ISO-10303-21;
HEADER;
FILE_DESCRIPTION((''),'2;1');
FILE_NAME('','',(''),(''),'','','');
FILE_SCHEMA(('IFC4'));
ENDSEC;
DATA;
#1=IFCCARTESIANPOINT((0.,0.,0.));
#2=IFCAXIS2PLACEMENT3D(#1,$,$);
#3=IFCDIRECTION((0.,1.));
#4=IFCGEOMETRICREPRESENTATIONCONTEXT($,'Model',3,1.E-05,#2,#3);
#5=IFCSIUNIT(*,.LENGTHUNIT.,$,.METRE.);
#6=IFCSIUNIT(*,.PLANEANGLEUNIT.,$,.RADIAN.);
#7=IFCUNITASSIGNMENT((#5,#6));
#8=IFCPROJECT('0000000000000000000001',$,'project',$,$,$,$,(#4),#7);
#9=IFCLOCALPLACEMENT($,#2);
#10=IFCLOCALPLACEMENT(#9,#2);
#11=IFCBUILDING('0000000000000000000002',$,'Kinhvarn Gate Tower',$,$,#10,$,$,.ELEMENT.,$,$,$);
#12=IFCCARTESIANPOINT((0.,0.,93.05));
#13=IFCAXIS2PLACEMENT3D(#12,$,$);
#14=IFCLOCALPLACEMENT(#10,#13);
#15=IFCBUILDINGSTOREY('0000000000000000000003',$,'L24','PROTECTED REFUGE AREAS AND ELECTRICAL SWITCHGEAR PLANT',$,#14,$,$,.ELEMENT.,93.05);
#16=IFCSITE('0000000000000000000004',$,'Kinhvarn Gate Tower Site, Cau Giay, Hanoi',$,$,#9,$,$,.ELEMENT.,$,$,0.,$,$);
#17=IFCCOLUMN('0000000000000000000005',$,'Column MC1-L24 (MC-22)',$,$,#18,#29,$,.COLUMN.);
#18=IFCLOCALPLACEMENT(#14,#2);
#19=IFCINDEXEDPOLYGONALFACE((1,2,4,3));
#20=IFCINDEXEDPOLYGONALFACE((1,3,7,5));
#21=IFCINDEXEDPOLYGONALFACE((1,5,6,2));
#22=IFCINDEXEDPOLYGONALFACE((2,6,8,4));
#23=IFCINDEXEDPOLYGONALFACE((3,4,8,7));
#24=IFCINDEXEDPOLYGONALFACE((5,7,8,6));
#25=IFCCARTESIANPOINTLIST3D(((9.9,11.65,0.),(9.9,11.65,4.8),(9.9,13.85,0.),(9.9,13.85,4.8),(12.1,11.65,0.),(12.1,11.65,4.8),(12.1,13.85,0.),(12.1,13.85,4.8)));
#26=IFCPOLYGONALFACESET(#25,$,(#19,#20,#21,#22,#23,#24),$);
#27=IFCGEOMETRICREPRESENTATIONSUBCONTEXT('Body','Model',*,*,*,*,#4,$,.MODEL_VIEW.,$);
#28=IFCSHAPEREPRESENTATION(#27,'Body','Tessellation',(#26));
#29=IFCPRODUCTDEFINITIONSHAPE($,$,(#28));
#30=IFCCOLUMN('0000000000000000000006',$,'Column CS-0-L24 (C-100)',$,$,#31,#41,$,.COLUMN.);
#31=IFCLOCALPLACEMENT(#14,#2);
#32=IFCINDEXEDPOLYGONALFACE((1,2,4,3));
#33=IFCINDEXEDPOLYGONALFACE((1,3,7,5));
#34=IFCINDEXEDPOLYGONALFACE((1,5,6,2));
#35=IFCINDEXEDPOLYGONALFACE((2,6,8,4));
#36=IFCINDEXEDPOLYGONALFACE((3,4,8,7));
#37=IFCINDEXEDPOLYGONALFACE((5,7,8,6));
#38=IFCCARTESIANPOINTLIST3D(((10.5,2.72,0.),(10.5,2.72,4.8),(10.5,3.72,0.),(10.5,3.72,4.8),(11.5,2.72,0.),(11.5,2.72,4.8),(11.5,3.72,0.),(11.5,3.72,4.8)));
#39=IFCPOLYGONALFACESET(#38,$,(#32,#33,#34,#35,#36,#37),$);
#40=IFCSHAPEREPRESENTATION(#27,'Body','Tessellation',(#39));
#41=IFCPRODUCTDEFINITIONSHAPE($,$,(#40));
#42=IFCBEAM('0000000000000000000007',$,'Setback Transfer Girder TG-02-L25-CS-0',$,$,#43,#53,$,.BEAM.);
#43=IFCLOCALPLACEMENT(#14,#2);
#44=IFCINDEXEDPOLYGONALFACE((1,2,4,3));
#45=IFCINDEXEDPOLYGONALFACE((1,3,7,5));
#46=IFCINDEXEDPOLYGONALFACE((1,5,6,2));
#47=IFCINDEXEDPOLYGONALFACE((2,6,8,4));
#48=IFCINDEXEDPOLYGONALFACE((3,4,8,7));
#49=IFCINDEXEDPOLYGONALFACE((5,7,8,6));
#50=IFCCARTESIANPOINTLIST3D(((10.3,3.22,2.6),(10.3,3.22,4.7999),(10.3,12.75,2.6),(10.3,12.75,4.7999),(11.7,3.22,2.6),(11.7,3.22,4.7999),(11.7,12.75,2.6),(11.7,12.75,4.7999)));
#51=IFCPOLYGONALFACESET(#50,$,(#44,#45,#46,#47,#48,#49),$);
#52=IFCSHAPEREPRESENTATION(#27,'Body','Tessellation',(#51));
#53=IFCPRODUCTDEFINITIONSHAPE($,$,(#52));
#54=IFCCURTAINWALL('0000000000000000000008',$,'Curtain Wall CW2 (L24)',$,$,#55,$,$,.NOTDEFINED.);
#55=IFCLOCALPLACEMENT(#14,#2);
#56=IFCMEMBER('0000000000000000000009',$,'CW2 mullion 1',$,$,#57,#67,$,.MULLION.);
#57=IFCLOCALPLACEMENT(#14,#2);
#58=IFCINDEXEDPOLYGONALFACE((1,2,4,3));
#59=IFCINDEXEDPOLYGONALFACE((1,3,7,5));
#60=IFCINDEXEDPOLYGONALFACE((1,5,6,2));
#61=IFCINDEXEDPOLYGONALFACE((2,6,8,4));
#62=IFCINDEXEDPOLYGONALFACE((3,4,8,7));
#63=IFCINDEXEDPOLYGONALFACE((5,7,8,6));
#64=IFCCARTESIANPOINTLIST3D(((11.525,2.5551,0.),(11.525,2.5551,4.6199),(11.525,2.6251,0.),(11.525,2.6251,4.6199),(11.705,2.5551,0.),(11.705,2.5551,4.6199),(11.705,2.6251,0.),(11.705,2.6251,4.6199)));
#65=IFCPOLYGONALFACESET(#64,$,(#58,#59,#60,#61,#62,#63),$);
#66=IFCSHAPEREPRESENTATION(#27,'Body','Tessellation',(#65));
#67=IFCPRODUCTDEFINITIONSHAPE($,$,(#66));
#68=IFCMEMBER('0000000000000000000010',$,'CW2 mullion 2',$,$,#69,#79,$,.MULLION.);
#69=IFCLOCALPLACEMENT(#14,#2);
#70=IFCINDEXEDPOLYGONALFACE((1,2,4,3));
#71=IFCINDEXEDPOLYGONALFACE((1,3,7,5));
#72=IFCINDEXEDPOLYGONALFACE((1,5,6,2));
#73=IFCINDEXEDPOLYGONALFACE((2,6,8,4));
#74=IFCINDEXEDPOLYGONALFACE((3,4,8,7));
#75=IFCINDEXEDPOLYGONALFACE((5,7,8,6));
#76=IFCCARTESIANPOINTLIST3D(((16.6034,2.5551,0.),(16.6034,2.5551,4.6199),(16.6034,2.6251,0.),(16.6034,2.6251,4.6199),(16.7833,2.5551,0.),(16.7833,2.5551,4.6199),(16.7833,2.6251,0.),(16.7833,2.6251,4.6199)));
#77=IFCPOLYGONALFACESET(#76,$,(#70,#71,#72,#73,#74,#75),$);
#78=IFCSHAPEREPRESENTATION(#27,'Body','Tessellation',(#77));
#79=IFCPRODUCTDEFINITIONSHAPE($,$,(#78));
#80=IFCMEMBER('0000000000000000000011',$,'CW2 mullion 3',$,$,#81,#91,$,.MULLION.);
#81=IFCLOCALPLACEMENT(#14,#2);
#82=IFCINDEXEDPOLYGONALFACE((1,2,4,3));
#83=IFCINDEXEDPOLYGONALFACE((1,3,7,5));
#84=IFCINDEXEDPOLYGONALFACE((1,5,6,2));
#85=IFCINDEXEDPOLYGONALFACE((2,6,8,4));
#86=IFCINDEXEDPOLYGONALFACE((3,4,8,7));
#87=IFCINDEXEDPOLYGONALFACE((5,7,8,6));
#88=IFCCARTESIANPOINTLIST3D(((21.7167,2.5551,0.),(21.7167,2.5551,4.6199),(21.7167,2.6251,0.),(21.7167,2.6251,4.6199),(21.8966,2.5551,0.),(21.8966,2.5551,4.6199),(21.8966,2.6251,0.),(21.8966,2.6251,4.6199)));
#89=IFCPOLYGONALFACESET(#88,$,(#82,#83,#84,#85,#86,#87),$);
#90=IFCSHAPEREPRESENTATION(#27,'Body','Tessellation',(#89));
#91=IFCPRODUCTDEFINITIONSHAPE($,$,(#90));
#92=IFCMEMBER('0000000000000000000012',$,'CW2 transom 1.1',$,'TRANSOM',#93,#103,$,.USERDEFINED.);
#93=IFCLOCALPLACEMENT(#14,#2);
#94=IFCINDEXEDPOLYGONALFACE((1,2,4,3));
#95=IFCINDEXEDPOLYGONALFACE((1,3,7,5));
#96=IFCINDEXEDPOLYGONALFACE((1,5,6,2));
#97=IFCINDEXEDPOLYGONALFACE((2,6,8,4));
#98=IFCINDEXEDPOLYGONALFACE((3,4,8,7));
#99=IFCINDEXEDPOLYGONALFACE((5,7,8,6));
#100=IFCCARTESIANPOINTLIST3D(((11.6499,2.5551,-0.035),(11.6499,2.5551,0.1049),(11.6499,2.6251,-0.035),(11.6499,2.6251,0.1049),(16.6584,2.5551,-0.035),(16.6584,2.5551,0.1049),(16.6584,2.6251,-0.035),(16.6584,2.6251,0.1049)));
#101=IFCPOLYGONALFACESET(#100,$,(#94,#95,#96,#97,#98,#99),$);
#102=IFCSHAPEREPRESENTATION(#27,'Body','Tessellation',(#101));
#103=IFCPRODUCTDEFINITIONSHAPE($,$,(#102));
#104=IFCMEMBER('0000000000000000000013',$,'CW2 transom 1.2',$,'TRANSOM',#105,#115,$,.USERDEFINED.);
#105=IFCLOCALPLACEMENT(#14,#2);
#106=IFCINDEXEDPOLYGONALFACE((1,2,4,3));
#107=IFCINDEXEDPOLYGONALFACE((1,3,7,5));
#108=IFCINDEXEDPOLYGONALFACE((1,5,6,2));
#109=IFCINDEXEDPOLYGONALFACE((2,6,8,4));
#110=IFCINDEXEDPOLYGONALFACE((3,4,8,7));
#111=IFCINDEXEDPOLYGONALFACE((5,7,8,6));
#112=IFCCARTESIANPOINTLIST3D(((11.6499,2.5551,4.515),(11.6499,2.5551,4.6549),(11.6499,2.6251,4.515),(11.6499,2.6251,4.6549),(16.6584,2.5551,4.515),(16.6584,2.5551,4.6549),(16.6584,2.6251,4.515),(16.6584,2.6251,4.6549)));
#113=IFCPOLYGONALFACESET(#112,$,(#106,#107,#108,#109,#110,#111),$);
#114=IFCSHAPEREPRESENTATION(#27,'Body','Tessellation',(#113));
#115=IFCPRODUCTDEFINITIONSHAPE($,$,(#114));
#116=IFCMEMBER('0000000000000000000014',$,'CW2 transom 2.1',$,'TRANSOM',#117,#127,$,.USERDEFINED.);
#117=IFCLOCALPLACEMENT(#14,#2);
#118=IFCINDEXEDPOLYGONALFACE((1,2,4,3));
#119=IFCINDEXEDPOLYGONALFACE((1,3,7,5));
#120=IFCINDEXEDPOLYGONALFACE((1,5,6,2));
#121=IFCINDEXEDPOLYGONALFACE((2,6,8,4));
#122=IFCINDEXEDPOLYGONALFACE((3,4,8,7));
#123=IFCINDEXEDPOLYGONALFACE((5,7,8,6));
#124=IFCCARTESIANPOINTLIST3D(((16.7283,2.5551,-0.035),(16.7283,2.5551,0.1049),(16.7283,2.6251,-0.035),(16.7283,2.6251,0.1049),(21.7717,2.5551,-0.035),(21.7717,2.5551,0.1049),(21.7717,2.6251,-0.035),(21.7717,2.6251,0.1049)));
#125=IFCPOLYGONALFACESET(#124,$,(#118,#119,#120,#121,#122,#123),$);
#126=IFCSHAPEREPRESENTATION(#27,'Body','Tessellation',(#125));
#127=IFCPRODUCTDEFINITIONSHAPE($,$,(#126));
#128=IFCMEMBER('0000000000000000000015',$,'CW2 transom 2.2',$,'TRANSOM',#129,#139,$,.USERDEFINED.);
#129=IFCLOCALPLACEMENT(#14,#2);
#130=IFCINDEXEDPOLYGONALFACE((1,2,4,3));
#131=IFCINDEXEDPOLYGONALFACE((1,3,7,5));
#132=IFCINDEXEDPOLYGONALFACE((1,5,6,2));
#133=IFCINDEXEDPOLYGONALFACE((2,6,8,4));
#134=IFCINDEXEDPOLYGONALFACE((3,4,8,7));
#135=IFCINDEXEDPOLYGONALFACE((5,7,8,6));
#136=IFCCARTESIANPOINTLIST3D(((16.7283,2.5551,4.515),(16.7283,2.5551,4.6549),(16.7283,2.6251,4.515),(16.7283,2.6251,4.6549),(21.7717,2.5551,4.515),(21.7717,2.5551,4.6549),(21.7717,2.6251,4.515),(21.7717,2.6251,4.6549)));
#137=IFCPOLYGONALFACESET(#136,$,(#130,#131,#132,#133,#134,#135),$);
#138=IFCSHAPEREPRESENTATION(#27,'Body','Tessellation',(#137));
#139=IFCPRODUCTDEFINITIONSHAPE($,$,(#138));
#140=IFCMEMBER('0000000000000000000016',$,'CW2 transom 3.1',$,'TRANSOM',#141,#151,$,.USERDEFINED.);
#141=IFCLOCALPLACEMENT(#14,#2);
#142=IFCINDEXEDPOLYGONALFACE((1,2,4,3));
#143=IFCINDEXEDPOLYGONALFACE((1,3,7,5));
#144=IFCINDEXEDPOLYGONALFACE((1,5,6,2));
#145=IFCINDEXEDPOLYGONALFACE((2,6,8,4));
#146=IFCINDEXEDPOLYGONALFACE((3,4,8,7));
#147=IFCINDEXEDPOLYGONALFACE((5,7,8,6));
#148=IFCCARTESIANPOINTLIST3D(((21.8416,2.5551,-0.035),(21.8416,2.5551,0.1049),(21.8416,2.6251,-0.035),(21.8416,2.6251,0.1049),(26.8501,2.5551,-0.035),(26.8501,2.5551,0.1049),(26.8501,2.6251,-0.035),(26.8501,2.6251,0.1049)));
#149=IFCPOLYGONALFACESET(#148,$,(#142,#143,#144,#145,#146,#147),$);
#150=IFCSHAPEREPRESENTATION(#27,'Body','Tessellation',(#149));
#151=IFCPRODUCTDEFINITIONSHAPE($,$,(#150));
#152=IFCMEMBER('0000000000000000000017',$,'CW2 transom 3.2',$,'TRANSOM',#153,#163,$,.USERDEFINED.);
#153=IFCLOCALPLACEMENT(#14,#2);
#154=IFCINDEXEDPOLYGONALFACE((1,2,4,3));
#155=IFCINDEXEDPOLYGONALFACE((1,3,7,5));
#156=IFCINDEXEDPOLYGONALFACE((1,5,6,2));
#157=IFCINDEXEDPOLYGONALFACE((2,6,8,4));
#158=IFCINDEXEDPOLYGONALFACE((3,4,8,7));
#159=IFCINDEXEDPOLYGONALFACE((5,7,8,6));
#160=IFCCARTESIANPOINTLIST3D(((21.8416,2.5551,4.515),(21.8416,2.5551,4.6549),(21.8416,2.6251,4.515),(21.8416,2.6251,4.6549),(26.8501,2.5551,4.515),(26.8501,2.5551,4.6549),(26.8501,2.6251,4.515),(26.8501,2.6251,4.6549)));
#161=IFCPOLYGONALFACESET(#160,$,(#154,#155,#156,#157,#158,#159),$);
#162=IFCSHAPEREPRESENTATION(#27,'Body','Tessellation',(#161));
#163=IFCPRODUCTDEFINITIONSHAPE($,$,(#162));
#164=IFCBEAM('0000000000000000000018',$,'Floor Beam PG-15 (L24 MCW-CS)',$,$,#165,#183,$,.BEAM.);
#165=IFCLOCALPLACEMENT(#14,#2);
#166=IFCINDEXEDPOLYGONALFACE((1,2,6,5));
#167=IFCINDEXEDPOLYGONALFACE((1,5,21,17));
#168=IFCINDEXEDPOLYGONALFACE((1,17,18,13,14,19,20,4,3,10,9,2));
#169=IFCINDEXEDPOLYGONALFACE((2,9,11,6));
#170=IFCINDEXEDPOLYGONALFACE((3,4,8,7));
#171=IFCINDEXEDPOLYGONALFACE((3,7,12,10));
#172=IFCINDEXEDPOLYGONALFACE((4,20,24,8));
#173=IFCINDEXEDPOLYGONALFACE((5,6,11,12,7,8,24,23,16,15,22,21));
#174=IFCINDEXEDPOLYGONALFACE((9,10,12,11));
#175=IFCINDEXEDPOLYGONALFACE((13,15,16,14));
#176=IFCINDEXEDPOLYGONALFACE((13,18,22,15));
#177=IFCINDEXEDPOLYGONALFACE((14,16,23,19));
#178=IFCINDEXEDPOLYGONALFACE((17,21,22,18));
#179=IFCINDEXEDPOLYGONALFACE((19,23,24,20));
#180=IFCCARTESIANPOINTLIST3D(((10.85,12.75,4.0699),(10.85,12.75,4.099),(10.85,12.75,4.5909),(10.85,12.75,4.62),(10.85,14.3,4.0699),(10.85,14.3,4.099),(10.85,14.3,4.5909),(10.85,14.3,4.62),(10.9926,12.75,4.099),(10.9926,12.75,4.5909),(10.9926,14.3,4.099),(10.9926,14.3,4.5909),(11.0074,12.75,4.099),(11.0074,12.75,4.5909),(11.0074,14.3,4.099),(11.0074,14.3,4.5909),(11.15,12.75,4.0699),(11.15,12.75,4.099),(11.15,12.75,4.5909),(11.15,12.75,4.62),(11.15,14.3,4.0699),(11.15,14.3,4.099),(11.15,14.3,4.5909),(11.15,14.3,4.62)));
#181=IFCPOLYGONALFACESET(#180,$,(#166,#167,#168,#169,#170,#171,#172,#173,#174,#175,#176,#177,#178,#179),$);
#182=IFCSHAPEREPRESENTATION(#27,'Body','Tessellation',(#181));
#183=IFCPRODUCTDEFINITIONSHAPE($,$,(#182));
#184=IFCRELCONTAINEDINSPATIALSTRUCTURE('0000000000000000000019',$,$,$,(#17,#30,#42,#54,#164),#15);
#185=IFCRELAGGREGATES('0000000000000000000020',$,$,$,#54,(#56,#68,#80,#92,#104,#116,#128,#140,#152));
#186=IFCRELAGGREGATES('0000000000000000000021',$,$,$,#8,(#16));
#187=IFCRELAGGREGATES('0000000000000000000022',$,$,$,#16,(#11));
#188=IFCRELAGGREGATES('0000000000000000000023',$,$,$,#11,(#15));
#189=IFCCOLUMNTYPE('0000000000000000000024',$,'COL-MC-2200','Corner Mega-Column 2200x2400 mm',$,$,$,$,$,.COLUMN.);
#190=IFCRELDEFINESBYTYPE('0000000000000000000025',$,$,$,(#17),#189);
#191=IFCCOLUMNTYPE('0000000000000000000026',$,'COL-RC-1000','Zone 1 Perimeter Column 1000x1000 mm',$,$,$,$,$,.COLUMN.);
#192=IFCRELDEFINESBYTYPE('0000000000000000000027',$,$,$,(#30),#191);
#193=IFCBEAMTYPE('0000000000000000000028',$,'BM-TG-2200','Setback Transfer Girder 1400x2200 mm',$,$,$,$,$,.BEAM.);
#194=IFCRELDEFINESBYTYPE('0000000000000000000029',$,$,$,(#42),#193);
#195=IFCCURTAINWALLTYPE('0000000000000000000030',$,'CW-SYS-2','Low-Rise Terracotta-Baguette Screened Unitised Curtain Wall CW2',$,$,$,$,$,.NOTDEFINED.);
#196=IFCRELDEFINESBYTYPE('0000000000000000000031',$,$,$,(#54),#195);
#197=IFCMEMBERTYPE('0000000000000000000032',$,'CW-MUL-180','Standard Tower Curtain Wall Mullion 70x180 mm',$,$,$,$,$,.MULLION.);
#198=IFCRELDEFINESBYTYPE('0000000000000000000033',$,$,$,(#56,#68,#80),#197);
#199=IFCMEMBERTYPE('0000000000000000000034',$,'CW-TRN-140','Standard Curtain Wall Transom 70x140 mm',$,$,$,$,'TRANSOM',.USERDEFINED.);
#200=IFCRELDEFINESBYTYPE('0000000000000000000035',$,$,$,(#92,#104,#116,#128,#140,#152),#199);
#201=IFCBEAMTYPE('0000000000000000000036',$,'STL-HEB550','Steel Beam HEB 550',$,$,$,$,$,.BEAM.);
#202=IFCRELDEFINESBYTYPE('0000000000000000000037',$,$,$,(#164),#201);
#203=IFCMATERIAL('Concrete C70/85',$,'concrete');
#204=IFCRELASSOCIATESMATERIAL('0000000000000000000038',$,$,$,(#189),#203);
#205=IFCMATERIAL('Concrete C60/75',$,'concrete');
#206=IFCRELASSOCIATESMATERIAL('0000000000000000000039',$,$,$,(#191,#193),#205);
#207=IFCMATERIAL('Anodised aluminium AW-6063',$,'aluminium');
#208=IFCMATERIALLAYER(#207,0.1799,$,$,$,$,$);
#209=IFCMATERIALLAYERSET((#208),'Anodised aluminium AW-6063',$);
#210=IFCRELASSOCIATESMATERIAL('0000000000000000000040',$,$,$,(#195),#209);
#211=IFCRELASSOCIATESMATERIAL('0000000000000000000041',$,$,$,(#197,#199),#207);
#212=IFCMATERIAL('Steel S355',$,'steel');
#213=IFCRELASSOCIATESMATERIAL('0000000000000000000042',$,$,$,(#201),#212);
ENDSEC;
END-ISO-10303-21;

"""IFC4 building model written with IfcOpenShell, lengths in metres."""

from ifc_helpers import new_model, si_unit, direction, frame, origin, origin_2d, place, context, subcontext, project, spatial, rectangle, i_section, extrude, material, layer, layer_set, material_profile, profile_set, type_object, element, aggregate, save


model = new_model("IFC4")

# Units and contexts
model_context = context("Model", 3, precision=1e-05, world=origin(), true_north=direction((0.0, 1.0)))
body_context = subcontext(model_context, "Body", "Model", "MODEL_VIEW")
ifc_project = project(units=[si_unit("LENGTHUNIT", "METRE"), si_unit("PLANEANGLEUNIT", "RADIAN")], contexts=[model_context])

# Site, building, storey
site_placement = place(None, origin())
site = spatial("IfcSite", under=ifc_project, at=site_placement, Name="Kinhvarn Gate Tower Site, Cau Giay, Hanoi", CompositionType="ELEMENT", RefElevation=0.0)
building_placement = place(site_placement, origin())
building = spatial("IfcBuilding", under=site, at=building_placement, Name="Kinhvarn Gate Tower", CompositionType="ELEMENT")
storey_placement = place(building_placement, frame((0.0, 0.0, 93.05)))
storey = spatial("IfcBuildingStorey", under=building, at=storey_placement, Name="L24", Description="PROTECTED REFUGE AREAS AND ELECTRICAL SWITCHGEAR PLANT", CompositionType="ELEMENT", Elevation=93.05)

# Columns
ifc_material_1 = material(Name="Concrete C70/85", Category="concrete")
ifc_material_profile_1 = material_profile(ifc_material_1, rectangle(XDim=2.2, YDim=2.2, at=origin_2d()), Name="RC 2200x2200")
ifc_profile_set_1 = profile_set([ifc_material_profile_1], Name="Concrete C70/85")
column_type_1 = type_object("IfcColumnType", Name="COL-MC-2200", Description="Corner Mega-Column 2200x2400 mm", PredefinedType="COLUMN", material=ifc_profile_set_1)
column_1_placement = place(storey_placement, frame((11.0, 12.75, 0.0), z_axis=(0.0, 0.0, 1.0), x_axis=(1.0, 0.0, 0.0)))
element("IfcColumn", 1, at=column_1_placement, inside=storey, type_object=column_type_1, Name="Column MC1-L24 (MC-22)", PredefinedType="COLUMN", context=body_context, shape_type="SweptSolid", body=[
    extrude(rectangle(XDim=2.2, YDim=2.2, at=origin_2d()), origin(), (0.0, 0.0, 1.0), 4.8),
])
ifc_material_2 = material(Name="Concrete C60/75", Category="concrete")
ifc_material_profile_2 = material_profile(ifc_material_2, rectangle(XDim=1.0, YDim=1.0, at=origin_2d()), Name="RC 1000x1000")
ifc_profile_set_2 = profile_set([ifc_material_profile_2], Name="Concrete C60/75")
column_type_2 = type_object("IfcColumnType", Name="COL-RC-1000", Description="Zone 1 Perimeter Column 1000x1000 mm", PredefinedType="COLUMN", material=ifc_profile_set_2)
column_2_placement = place(storey_placement, frame((11.0, 3.22, 0.0), z_axis=(0.0, 0.0, 1.0), x_axis=(1.0, 0.0, 0.0)))
element("IfcColumn", 2, at=column_2_placement, inside=storey, type_object=column_type_2, Name="Column CS-0-L24 (C-100)", PredefinedType="COLUMN", context=body_context, shape_type="SweptSolid", body=[
    extrude(rectangle(XDim=1.0, YDim=1.0, at=origin_2d()), origin(), (0.0, 0.0, 1.0), 4.8),
])

# Beam
ifc_material_profile_3 = material_profile(ifc_material_2, rectangle(XDim=1.3999, YDim=2.2, at=origin_2d()), Name="RC 1400x2200")
ifc_profile_set_3 = profile_set([ifc_material_profile_3], Name="Concrete C60/75")
beam_type_1 = type_object("IfcBeamType", Name="BM-TG-2200", Description="Setback Transfer Girder 1400x2200 mm", PredefinedType="BEAM", material=ifc_profile_set_3)
beam_1_placement = place(storey_placement, frame((11.0, 3.22, 3.7), z_axis=(0.0, 1.0, 0.0), x_axis=(-1.0, 0.0, 0.0)))
element("IfcBeam", 3, at=beam_1_placement, inside=storey, type_object=beam_type_1, Name="Setback Transfer Girder TG-02-L25-CS-0", PredefinedType="BEAM", context=body_context, shape_type="SweptSolid", body=[
    extrude(rectangle(XDim=1.3999, YDim=2.2, at=origin_2d()), origin(), (0.0, 0.0, 1.0), 9.53),
])

# Curtain wall, members
ifc_material_3 = material(Name="Anodised aluminium AW-6063", Category="aluminium")
ifc_layer_1 = layer(ifc_material_3, 0.1799)
ifc_layer_set_1 = layer_set([ifc_layer_1], Name="Anodised aluminium AW-6063")
curtain_wall_type = type_object("IfcCurtainWallType", Name="CW-SYS-2", Description="Low-Rise Terracotta-Baguette Screened Unitised Curtain Wall CW2", PredefinedType="NOTDEFINED", material=ifc_layer_set_1)
curtain_wall_placement = place(storey_placement, origin())
curtain_wall = element("IfcCurtainWall", 4, at=curtain_wall_placement, inside=storey, type_object=curtain_wall_type, Name="Curtain Wall CW2 (L24)", PredefinedType="NOTDEFINED")
ifc_material_profile_4 = material_profile(ifc_material_3, rectangle(XDim=0.0701, YDim=0.1799, at=origin_2d()), Name="ALU 70x180")
ifc_profile_set_4 = profile_set([ifc_material_profile_4], Name="Anodised aluminium AW-6063")
member_type_1 = type_object("IfcMemberType", Name="CW-MUL-180", Description="Standard Tower Curtain Wall Mullion 70x180 mm", PredefinedType="MULLION", material=ifc_profile_set_4)
member_1_placement = place(storey_placement, frame((11.615, 2.5901, 0.0), z_axis=(0.0, 0.0, 1.0), x_axis=(0.0, 1.0, 0.0)))
member_1 = element("IfcMember", 5, at=member_1_placement, type_object=member_type_1, Name="CW2 mullion 1", PredefinedType="MULLION", context=body_context, shape_type="SweptSolid", body=[
    extrude(rectangle(XDim=0.0701, YDim=0.1799, at=origin_2d()), origin(), (0.0, 0.0, 1.0), 4.6199),
])
member_2_placement = place(storey_placement, frame((16.6934, 2.5901, 0.0), z_axis=(0.0, 0.0, 1.0), x_axis=(0.0, 1.0, 0.0)))
member_2 = element("IfcMember", 6, at=member_2_placement, type_object=member_type_1, Name="CW2 mullion 2", PredefinedType="MULLION", context=body_context, shape_type="SweptSolid", body=[
    extrude(rectangle(XDim=0.0701, YDim=0.1799, at=origin_2d()), origin(), (0.0, 0.0, 1.0), 4.6199),
])
member_3_placement = place(storey_placement, frame((21.8066, 2.5901, 0.0), z_axis=(0.0, 0.0, 1.0), x_axis=(0.0, 1.0, 0.0)))
member_3 = element("IfcMember", 7, at=member_3_placement, type_object=member_type_1, Name="CW2 mullion 3", PredefinedType="MULLION", context=body_context, shape_type="SweptSolid", body=[
    extrude(rectangle(XDim=0.0701, YDim=0.1799, at=origin_2d()), origin(), (0.0, 0.0, 1.0), 4.6199),
])
ifc_material_profile_5 = material_profile(ifc_material_3, rectangle(XDim=0.0701, YDim=0.1399, at=origin_2d()), Name="ALU 70x140")
ifc_profile_set_5 = profile_set([ifc_material_profile_5], Name="Anodised aluminium AW-6063")
member_type_2 = type_object("IfcMemberType", Name="CW-TRN-140", Description="Standard Curtain Wall Transom 70x140 mm", ElementType="TRANSOM", PredefinedType="USERDEFINED", material=ifc_profile_set_5)
member_4_placement = place(storey_placement, frame((11.6499, 2.5901, 0.0349), z_axis=(1.0, 0.0, 0.0), x_axis=(0.0, 1.0, 0.0)))
member_4 = element("IfcMember", 8, at=member_4_placement, type_object=member_type_2, Name="CW2 transom 1.1", ObjectType="TRANSOM", PredefinedType="USERDEFINED", context=body_context, shape_type="SweptSolid", body=[
    extrude(rectangle(XDim=0.0701, YDim=0.1399, at=origin_2d()), origin(), (0.0, 0.0, 1.0), 5.0085),
])
member_5_placement = place(storey_placement, frame((11.6499, 2.5901, 4.585), z_axis=(1.0, 0.0, 0.0), x_axis=(0.0, 1.0, 0.0)))
member_5 = element("IfcMember", 9, at=member_5_placement, type_object=member_type_2, Name="CW2 transom 1.2", ObjectType="TRANSOM", PredefinedType="USERDEFINED", context=body_context, shape_type="SweptSolid", body=[
    extrude(rectangle(XDim=0.0701, YDim=0.1399, at=origin_2d()), origin(), (0.0, 0.0, 1.0), 5.0085),
])
member_6_placement = place(storey_placement, frame((16.7283, 2.5901, 0.0349), z_axis=(1.0, 0.0, 0.0), x_axis=(0.0, 1.0, 0.0)))
member_6 = element("IfcMember", 10, at=member_6_placement, type_object=member_type_2, Name="CW2 transom 2.1", ObjectType="TRANSOM", PredefinedType="USERDEFINED", context=body_context, shape_type="SweptSolid", body=[
    extrude(rectangle(XDim=0.0701, YDim=0.1399, at=origin_2d()), origin(), (0.0, 0.0, 1.0), 5.0435),
])
member_7_placement = place(storey_placement, frame((16.7283, 2.5901, 4.585), z_axis=(1.0, 0.0, 0.0), x_axis=(0.0, 1.0, 0.0)))
member_7 = element("IfcMember", 11, at=member_7_placement, type_object=member_type_2, Name="CW2 transom 2.2", ObjectType="TRANSOM", PredefinedType="USERDEFINED", context=body_context, shape_type="SweptSolid", body=[
    extrude(rectangle(XDim=0.0701, YDim=0.1399, at=origin_2d()), origin(), (0.0, 0.0, 1.0), 5.0435),
])
member_8_placement = place(storey_placement, frame((21.8416, 2.5901, 0.0349), z_axis=(1.0, 0.0, 0.0), x_axis=(0.0, 1.0, 0.0)))
member_8 = element("IfcMember", 12, at=member_8_placement, type_object=member_type_2, Name="CW2 transom 3.1", ObjectType="TRANSOM", PredefinedType="USERDEFINED", context=body_context, shape_type="SweptSolid", body=[
    extrude(rectangle(XDim=0.0701, YDim=0.1399, at=origin_2d()), origin(), (0.0, 0.0, 1.0), 5.0085),
])
member_9_placement = place(storey_placement, frame((21.8416, 2.5901, 4.585), z_axis=(1.0, 0.0, 0.0), x_axis=(0.0, 1.0, 0.0)))
member_9 = element("IfcMember", 13, at=member_9_placement, type_object=member_type_2, Name="CW2 transom 3.2", ObjectType="TRANSOM", PredefinedType="USERDEFINED", context=body_context, shape_type="SweptSolid", body=[
    extrude(rectangle(XDim=0.0701, YDim=0.1399, at=origin_2d()), origin(), (0.0, 0.0, 1.0), 5.0085),
])

# Beam
ifc_material_4 = material(Name="Steel S355", Category="steel")
ifc_material_profile_6 = material_profile(ifc_material_4, i_section(OverallWidth=0.3, OverallDepth=0.55, WebThickness=0.0149, FlangeThickness=0.0291, at=origin_2d()), Name="HEB 550")
ifc_profile_set_6 = profile_set([ifc_material_profile_6], Name="Steel S355")
beam_type_2 = type_object("IfcBeamType", Name="STL-HEB550", Description="Steel Beam HEB 550", PredefinedType="BEAM", material=ifc_profile_set_6)
beam_2_placement = place(storey_placement, frame((11.0, 12.75, 4.345), z_axis=(0.0, 1.0, 0.0), x_axis=(-1.0, 0.0, 0.0)))
element("IfcBeam", 14, at=beam_2_placement, inside=storey, type_object=beam_type_2, Name="Floor Beam PG-15 (L24 MCW-CS)", PredefinedType="BEAM", context=body_context, shape_type="SweptSolid", body=[
    extrude(i_section(OverallWidth=0.3, OverallDepth=0.55, WebThickness=0.0149, FlangeThickness=0.0291, at=origin_2d()), origin(), (0.0, 0.0, 1.0), 1.55),
])

aggregate(curtain_wall, [member_1, member_2, member_3, member_4, member_5, member_6, member_7, member_8, member_9])

save(model, "model.ifc")
